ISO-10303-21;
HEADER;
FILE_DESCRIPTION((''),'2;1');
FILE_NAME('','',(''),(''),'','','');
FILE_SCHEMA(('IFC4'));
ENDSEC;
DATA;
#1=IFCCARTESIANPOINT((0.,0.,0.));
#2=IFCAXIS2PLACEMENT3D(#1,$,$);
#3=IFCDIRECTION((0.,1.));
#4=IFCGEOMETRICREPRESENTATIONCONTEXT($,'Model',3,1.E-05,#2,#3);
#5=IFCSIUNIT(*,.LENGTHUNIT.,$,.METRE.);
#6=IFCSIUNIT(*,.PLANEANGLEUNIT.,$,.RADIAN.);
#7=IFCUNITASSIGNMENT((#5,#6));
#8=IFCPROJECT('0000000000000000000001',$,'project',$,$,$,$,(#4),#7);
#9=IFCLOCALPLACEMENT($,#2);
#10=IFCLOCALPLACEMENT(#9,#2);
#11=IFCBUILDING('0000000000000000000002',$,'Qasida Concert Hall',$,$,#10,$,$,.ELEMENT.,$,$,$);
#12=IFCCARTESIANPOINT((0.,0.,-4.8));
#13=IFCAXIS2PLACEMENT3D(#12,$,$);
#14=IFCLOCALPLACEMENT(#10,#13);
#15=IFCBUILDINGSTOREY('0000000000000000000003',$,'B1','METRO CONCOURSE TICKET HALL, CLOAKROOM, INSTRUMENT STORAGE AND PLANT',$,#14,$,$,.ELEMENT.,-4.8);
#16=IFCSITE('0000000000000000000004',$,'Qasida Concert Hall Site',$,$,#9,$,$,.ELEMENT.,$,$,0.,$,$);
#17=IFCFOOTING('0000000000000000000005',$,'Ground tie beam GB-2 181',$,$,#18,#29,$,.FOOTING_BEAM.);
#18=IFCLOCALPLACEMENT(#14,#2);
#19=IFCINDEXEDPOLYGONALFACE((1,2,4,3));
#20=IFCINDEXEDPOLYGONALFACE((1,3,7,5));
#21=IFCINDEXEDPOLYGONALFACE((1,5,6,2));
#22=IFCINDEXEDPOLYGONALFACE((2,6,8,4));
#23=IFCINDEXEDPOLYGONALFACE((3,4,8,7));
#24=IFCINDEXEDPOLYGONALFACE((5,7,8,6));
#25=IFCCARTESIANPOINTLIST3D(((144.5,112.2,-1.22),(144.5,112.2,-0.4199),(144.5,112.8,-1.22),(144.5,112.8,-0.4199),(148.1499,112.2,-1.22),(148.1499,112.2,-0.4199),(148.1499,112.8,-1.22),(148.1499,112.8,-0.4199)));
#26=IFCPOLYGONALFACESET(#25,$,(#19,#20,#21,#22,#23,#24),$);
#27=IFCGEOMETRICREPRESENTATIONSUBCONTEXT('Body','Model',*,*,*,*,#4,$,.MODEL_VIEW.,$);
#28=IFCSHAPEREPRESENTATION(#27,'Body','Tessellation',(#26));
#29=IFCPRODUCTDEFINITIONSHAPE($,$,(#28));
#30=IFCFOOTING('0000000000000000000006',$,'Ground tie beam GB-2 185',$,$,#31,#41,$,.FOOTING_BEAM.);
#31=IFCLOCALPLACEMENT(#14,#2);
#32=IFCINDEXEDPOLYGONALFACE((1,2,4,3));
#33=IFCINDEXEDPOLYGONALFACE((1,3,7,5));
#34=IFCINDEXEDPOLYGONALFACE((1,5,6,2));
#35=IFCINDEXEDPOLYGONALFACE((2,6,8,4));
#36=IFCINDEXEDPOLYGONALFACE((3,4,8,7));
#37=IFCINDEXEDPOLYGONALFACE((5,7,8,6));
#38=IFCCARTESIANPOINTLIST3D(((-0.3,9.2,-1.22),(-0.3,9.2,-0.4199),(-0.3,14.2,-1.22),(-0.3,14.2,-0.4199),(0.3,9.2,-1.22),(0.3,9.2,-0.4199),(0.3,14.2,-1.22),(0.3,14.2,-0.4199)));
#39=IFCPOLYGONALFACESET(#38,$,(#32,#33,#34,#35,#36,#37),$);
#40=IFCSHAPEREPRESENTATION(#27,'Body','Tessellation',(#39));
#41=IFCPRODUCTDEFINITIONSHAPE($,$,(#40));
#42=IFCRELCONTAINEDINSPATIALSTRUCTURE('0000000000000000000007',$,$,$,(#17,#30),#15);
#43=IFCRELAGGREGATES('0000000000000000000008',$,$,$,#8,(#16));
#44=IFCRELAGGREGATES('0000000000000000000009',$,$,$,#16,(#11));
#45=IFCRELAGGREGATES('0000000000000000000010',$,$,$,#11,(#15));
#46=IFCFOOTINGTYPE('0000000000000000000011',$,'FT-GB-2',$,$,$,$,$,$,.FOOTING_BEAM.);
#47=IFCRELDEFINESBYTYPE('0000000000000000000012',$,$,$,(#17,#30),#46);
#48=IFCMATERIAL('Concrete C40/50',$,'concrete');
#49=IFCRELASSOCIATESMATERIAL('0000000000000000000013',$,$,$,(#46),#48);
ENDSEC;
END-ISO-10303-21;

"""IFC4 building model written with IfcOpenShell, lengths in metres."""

from ifc_helpers import new_model, si_unit, direction, frame, origin, place, context, subcontext, project, spatial, polyline, outline, extrude, material, type_object, element, save


model = new_model("IFC4")

# Units and contexts
model_context = context("Model", 3, precision=1e-05, world=origin(), true_north=direction((0.0, 1.0)))
body_context = subcontext(model_context, "Body", "Model", "MODEL_VIEW")
ifc_project = project(units=[si_unit("LENGTHUNIT", "METRE"), si_unit("PLANEANGLEUNIT", "RADIAN")], contexts=[model_context])

# Site, building, storey
site_placement = place(None, origin())
site = spatial("IfcSite", under=ifc_project, at=site_placement, Name="Qasida Concert Hall Site", CompositionType="ELEMENT", RefElevation=0.0)
building_placement = place(site_placement, origin())
building = spatial("IfcBuilding", under=site, at=building_placement, Name="Qasida Concert Hall", CompositionType="ELEMENT")
storey_placement = place(building_placement, frame((0.0, 0.0, -4.8)))
storey = spatial("IfcBuildingStorey", under=building, at=storey_placement, Name="B1", Description="METRO CONCOURSE TICKET HALL, CLOAKROOM, INSTRUMENT STORAGE AND PLANT", CompositionType="ELEMENT", Elevation=-4.8)

# Footings
ifc_material = material(Name="Concrete C40/50", Category="concrete")
footing_type_1 = type_object("IfcFootingType", Name="FT-GB-2", PredefinedType="FOOTING_BEAM", material=ifc_material)
footing_1_placement = place(storey_placement, frame((0.0, 0.0, -1.22)))
element("IfcFooting", 1, at=footing_1_placement, inside=storey, type_object=footing_type_1, Name="Ground tie beam GB-2 181", PredefinedType="FOOTING_BEAM", context=body_context, shape_type="SweptSolid", body=[
    extrude(outline(polyline([(144.5, 112.2), (148.1499, 112.2), (148.1499, 112.8), (144.5, 112.8), (144.5, 112.2)])), origin(), (0.0, 0.0, 1.0), 0.8),
])
footing_2_placement = place(storey_placement, frame((0.0, 0.0, -1.22)))
element("IfcFooting", 2, at=footing_2_placement, inside=storey, type_object=footing_type_1, Name="Ground tie beam GB-2 185", PredefinedType="FOOTING_BEAM", context=body_context, shape_type="SweptSolid", body=[
    extrude(outline(polyline([(-0.3, 9.2), (0.3, 9.2), (0.3, 14.2), (-0.3, 14.2), (-0.3, 9.2)])), origin(), (0.0, 0.0, 1.0), 0.8),
])

save(model, "model.ifc")
